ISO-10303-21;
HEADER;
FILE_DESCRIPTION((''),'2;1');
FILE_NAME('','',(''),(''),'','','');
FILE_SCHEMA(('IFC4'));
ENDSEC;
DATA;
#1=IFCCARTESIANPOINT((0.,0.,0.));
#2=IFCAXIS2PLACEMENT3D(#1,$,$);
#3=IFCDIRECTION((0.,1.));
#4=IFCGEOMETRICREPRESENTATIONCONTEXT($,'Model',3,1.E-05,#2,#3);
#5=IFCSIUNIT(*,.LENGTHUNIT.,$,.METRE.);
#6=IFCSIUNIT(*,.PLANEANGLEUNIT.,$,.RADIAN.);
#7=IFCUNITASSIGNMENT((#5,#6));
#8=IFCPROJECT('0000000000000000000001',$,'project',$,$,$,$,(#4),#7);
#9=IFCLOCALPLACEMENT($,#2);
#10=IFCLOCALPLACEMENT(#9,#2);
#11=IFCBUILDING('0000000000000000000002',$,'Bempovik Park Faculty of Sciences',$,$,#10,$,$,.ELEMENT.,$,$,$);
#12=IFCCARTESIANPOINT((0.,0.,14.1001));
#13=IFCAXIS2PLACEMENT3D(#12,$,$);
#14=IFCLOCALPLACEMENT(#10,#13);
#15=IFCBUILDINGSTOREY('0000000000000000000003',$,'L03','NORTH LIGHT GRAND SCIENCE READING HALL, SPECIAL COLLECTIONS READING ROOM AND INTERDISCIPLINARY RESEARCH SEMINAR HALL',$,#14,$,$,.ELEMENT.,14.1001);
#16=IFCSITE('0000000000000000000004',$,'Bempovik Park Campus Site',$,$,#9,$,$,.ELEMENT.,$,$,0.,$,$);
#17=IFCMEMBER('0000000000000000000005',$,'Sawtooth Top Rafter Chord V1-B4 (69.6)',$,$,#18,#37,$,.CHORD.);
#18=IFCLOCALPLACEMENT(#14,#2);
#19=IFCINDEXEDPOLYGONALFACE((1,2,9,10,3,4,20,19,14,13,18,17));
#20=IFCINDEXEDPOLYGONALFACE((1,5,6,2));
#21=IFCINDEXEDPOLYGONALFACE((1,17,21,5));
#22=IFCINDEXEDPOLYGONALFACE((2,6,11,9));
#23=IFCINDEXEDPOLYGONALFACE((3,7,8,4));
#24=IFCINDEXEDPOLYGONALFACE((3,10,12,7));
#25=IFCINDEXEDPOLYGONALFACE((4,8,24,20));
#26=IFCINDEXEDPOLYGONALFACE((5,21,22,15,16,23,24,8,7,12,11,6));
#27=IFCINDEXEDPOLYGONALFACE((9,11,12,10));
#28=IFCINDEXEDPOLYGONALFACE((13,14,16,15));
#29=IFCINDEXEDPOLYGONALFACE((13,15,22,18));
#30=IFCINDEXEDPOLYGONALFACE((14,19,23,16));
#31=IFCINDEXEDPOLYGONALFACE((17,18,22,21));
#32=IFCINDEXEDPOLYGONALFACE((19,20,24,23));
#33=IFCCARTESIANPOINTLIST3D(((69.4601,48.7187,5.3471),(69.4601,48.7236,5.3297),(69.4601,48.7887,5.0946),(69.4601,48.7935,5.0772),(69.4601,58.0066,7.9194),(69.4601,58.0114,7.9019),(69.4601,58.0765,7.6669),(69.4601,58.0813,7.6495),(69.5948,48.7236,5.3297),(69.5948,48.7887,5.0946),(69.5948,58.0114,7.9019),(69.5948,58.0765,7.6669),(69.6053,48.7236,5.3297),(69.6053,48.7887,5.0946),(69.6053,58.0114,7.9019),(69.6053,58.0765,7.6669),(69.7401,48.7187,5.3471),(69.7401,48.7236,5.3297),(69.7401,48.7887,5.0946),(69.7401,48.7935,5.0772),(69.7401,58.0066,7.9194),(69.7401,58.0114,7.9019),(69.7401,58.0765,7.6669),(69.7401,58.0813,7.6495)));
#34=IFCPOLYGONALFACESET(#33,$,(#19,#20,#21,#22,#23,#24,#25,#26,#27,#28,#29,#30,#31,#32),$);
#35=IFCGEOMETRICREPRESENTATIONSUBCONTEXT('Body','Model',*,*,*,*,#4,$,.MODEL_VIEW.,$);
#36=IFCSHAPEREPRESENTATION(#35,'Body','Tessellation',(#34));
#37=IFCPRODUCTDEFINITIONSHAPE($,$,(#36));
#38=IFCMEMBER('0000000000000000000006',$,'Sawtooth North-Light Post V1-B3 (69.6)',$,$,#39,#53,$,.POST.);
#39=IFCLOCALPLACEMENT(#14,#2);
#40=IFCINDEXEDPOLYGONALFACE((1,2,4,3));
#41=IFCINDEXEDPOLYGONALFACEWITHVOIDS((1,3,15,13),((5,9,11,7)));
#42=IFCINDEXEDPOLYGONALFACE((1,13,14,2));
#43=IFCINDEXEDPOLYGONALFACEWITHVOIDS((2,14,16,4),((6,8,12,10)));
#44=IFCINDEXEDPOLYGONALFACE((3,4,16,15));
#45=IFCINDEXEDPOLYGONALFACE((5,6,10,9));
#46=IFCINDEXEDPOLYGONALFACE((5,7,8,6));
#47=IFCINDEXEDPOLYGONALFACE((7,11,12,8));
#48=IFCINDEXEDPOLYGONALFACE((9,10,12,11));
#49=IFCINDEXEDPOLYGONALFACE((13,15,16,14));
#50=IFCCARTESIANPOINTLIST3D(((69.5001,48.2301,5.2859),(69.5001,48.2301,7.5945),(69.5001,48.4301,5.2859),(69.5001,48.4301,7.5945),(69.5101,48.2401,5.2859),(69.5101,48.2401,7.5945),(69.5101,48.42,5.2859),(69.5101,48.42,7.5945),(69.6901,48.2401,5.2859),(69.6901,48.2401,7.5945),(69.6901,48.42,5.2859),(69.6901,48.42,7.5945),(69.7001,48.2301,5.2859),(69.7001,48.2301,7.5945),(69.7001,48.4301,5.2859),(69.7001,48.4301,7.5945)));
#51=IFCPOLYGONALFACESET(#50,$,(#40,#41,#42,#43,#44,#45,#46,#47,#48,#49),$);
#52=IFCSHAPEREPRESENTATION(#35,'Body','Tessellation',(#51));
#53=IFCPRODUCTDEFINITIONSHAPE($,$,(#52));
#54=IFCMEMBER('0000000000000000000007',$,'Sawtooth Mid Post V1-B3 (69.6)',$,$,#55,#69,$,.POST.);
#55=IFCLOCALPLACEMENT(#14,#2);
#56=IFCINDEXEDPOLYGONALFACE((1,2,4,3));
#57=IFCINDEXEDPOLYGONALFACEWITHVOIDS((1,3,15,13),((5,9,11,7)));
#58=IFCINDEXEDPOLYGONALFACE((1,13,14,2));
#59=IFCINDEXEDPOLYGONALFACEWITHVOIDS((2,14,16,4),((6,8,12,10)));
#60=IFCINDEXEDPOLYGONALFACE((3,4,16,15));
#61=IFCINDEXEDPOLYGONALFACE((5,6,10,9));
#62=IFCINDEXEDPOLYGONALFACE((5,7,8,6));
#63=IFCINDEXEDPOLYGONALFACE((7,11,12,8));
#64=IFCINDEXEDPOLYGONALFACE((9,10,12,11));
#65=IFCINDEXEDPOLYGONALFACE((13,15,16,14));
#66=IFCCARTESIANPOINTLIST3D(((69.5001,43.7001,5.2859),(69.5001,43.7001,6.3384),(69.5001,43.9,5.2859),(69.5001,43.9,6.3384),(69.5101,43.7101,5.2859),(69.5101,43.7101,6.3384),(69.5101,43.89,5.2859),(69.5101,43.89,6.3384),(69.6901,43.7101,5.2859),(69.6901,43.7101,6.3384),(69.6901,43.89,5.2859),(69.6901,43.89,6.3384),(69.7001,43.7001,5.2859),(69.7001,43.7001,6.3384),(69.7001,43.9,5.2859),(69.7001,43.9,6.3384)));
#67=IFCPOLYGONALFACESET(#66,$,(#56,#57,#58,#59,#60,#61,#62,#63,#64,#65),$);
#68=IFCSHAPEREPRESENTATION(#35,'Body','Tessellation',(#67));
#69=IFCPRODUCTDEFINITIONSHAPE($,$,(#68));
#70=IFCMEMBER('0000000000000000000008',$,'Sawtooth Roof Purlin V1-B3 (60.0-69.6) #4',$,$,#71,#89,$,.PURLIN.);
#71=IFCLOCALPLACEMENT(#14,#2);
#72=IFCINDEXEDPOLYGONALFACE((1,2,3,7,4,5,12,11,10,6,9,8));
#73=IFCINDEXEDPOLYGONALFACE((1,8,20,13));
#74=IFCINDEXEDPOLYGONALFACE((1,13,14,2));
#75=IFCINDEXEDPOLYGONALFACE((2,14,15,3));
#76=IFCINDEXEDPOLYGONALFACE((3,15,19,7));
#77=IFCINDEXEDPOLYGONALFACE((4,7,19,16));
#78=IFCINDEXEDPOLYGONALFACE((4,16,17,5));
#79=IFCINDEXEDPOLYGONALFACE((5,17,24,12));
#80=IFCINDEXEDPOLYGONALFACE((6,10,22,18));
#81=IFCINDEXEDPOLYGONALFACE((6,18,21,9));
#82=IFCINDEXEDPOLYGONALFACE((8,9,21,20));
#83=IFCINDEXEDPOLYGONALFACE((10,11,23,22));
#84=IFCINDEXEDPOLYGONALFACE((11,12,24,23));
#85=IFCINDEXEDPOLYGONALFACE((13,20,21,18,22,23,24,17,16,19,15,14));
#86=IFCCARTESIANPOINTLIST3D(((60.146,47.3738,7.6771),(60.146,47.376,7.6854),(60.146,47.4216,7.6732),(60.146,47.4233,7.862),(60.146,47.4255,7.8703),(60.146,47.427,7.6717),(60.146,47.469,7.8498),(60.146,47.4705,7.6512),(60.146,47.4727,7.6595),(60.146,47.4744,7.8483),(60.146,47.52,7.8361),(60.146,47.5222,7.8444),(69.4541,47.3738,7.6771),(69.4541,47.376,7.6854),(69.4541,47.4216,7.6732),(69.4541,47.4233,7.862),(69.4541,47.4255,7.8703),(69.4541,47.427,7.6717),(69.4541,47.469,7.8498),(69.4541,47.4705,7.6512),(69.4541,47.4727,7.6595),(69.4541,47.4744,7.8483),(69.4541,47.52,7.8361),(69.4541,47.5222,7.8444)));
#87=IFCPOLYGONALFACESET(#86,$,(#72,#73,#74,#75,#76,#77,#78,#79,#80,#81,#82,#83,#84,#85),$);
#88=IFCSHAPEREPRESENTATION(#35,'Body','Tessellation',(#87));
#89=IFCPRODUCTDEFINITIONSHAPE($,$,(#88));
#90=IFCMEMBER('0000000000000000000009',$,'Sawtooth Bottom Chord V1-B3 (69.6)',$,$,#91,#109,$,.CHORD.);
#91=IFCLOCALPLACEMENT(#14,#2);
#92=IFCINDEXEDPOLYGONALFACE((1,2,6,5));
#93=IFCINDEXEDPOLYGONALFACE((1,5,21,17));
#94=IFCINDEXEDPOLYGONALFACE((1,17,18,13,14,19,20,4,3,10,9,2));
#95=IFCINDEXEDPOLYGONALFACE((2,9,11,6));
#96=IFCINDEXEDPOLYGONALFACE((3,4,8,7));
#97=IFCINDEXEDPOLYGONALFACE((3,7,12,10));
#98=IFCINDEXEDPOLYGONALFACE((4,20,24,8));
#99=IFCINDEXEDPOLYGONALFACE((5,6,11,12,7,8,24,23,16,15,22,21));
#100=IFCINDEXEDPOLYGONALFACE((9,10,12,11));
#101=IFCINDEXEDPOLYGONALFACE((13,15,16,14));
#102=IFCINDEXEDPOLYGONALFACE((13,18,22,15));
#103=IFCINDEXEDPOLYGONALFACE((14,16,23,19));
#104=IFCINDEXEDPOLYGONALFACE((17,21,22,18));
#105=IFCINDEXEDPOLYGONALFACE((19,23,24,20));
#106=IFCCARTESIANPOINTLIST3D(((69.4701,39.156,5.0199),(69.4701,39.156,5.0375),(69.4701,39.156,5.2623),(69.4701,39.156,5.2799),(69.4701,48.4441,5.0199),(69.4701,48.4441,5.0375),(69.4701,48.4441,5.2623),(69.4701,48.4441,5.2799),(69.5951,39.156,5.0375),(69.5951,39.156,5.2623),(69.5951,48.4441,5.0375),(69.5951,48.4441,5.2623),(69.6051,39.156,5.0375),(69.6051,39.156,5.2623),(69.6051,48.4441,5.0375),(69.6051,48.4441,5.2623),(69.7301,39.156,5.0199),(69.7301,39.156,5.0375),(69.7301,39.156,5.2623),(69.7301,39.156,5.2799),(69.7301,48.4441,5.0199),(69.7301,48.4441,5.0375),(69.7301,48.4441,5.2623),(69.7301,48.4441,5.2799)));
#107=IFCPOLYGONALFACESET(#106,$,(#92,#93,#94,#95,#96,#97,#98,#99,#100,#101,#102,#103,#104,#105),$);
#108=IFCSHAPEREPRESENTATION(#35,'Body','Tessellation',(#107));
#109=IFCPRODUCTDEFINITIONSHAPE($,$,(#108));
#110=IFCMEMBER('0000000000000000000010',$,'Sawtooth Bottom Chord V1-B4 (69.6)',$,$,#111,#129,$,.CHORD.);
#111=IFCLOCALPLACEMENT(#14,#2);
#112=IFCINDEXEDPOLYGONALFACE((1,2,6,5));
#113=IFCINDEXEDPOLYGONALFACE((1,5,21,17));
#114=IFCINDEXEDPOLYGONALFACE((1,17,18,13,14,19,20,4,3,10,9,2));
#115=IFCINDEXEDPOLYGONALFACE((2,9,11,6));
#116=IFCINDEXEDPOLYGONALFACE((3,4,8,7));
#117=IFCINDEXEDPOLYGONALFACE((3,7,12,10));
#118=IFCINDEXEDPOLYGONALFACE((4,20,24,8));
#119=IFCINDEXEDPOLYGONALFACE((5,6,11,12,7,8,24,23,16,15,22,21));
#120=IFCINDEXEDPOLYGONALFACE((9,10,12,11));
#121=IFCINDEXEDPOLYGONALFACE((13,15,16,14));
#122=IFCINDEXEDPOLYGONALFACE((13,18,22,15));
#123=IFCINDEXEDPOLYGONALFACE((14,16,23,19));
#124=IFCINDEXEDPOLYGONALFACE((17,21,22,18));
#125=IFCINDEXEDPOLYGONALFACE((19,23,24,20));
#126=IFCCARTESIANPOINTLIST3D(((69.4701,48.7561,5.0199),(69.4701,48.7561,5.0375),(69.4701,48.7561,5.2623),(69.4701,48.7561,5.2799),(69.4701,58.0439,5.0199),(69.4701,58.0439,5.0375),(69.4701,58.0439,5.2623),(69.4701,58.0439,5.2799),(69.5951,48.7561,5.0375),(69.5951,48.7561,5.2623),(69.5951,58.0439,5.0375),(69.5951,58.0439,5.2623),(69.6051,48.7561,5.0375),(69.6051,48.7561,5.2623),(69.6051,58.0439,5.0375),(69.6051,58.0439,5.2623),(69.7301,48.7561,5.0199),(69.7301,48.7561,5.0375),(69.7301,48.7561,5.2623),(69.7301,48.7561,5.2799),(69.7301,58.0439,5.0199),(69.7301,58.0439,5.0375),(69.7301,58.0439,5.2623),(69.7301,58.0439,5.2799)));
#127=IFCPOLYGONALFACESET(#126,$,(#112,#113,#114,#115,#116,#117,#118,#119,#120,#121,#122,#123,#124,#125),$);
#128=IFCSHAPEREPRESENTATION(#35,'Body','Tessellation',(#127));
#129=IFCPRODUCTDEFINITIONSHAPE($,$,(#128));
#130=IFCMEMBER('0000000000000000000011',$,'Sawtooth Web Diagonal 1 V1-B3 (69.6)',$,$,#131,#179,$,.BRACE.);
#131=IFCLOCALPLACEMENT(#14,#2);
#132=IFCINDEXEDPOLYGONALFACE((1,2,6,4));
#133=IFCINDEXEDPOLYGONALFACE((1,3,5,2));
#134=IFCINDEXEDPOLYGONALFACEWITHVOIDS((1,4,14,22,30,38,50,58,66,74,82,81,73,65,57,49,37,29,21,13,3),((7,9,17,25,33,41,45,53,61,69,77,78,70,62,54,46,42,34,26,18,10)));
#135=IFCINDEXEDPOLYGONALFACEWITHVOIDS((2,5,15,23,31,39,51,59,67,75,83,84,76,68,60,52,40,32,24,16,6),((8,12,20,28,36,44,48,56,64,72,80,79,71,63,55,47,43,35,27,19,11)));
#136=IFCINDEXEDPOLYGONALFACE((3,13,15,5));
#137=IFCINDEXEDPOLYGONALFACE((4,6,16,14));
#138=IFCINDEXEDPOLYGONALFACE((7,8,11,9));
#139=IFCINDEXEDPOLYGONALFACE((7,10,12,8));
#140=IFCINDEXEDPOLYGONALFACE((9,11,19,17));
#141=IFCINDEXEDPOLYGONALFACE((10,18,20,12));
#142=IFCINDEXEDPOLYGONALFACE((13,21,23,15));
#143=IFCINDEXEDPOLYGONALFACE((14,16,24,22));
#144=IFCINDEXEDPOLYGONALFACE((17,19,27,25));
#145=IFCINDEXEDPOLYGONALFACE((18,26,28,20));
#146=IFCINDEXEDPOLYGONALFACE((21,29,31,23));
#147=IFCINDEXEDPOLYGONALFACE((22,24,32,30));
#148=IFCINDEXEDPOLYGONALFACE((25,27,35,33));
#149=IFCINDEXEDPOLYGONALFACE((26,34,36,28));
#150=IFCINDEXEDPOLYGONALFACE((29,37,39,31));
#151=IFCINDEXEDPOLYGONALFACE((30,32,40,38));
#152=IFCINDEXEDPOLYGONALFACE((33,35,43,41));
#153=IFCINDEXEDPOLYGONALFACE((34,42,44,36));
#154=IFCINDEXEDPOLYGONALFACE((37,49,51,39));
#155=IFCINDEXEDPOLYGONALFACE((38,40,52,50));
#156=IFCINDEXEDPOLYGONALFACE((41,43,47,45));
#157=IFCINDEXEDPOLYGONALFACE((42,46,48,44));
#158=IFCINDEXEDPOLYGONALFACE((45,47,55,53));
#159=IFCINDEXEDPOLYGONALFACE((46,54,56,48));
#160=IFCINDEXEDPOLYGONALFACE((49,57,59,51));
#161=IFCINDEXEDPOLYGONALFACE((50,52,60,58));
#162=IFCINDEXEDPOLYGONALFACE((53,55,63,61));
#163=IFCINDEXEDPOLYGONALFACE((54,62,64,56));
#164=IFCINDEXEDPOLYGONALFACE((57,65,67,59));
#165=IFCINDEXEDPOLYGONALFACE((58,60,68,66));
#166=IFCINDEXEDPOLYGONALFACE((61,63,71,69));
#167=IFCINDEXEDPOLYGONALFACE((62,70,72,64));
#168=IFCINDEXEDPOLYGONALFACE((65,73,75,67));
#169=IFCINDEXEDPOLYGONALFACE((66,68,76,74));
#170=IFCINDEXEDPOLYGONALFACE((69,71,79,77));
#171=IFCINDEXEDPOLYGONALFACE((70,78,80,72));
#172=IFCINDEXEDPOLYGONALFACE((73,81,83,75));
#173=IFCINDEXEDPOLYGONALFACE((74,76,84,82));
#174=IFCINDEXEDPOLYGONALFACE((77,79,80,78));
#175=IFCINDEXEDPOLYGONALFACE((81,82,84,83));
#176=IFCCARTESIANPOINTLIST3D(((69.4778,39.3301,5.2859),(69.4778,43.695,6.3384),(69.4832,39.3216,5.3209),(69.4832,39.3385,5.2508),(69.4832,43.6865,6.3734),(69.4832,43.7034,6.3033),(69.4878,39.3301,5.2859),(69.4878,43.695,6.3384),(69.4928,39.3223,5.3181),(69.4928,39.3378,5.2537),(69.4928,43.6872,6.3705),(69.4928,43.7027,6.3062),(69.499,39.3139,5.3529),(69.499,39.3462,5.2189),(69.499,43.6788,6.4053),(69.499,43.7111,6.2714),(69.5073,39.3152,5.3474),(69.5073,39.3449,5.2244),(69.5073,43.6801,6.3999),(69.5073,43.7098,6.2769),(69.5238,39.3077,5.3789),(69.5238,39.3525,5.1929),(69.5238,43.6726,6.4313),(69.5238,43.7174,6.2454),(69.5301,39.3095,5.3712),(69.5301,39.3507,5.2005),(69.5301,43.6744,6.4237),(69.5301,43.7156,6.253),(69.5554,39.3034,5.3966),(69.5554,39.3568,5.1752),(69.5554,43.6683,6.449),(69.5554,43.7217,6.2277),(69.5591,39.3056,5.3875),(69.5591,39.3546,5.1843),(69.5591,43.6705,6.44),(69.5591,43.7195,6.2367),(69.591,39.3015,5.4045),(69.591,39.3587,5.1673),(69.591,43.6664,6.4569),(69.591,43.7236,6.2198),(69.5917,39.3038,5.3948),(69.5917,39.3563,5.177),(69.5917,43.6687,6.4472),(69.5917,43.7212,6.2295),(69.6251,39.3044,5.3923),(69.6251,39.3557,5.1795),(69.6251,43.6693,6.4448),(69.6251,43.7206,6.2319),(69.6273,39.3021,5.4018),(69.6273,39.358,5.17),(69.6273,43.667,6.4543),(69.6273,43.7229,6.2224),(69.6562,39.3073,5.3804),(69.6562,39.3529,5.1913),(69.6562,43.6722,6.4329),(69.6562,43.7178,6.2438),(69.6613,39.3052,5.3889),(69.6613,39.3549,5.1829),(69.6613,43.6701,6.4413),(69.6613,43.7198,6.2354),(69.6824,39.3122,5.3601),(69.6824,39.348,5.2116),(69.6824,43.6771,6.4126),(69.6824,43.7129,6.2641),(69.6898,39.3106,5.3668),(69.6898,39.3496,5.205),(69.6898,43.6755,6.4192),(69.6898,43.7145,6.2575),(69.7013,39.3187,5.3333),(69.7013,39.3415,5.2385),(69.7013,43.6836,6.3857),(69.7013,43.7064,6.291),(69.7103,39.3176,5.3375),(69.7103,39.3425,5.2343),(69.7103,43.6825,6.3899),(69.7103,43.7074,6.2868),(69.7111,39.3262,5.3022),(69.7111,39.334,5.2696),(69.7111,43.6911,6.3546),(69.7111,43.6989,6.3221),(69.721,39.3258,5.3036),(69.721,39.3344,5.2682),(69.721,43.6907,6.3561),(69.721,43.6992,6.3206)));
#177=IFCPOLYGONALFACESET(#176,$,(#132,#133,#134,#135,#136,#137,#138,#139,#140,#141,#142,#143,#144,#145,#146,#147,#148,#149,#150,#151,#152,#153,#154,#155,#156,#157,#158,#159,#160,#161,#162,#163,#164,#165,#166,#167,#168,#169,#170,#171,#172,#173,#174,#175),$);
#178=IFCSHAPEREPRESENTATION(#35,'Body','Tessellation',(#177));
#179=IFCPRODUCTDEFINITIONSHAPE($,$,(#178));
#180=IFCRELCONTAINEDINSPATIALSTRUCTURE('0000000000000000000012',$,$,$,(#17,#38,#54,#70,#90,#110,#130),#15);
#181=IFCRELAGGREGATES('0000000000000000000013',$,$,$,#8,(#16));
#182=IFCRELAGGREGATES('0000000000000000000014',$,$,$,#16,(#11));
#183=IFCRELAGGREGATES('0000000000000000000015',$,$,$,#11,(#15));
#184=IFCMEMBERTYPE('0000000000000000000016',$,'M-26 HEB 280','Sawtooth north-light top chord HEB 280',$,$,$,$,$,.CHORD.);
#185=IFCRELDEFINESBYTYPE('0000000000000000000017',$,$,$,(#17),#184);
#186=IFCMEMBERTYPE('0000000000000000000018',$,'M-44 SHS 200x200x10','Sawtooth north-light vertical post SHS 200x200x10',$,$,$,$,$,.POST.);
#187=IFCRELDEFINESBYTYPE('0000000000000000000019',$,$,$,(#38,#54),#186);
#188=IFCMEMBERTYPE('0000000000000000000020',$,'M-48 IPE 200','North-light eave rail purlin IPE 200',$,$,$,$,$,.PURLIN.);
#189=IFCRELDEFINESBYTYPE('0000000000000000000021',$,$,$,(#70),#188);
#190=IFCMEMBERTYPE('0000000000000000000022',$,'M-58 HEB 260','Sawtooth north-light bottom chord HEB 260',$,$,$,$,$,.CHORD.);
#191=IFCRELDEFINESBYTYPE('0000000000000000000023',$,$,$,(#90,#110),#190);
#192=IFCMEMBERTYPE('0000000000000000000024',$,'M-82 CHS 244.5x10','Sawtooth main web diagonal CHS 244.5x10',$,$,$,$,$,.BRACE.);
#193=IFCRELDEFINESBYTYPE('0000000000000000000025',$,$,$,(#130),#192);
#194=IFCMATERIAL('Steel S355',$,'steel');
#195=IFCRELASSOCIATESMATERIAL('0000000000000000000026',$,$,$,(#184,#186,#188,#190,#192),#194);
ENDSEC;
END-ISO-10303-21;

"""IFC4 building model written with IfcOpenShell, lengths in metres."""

from ifc_helpers import new_model, si_unit, direction, frame, origin, origin_2d, place, context, subcontext, project, spatial, hollow_rectangle, hollow_circle, i_section, extrude, material, material_profile, profile_set, type_object, element, save


model = new_model("IFC4")

# Units and contexts
model_context = context("Model", 3, precision=1e-05, world=origin(), true_north=direction((0.0, 1.0)))
body_context = subcontext(model_context, "Body", "Model", "MODEL_VIEW")
ifc_project = project(units=[si_unit("LENGTHUNIT", "METRE"), si_unit("PLANEANGLEUNIT", "RADIAN")], contexts=[model_context])

# Site, building, storey
site_placement = place(None, origin())
site = spatial("IfcSite", under=ifc_project, at=site_placement, Name="Bempovik Park Campus Site", CompositionType="ELEMENT", RefElevation=0.0)
building_placement = place(site_placement, origin())
building = spatial("IfcBuilding", under=site, at=building_placement, Name="Bempovik Park Faculty of Sciences", CompositionType="ELEMENT")
storey_placement = place(building_placement, frame((0.0, 0.0, 14.1001)))
storey = spatial("IfcBuildingStorey", under=building, at=storey_placement, Name="L03", Description="NORTH LIGHT GRAND SCIENCE READING HALL, SPECIAL COLLECTIONS READING ROOM AND INTERDISCIPLINARY RESEARCH SEMINAR HALL", CompositionType="ELEMENT", Elevation=14.1001)

# Shared definitions
ifc_material_1 = material(Name="Steel S355", Category="steel")

# Members
ifc_material_profile_1 = material_profile(ifc_material_1, i_section(OverallWidth=0.28, OverallDepth=0.28, WebThickness=0.0105, FlangeThickness=0.0181, at=origin_2d()), Name="HEB 280")
ifc_profile_set_1 = profile_set([ifc_material_profile_1], Name="Steel S355")
member_type_1 = type_object("IfcMemberType", Name="M-26 HEB 280", Description="Sawtooth north-light top chord HEB 280", PredefinedType="CHORD", material=ifc_profile_set_1)
member_1_placement = place(storey_placement, frame((69.6001, 48.7561, 5.2122), z_axis=(0.0, 0.963723, 0.266903), x_axis=(-1.0, 0.0, 0.0)))
element("IfcMember", 1, at=member_1_placement, inside=storey, type_object=member_type_1, Name="Sawtooth Top Rafter Chord V1-B4 (69.6)", PredefinedType="CHORD", context=body_context, shape_type="SweptSolid", body=[
    extrude(i_section(OverallWidth=0.28, OverallDepth=0.28, WebThickness=0.0105, FlangeThickness=0.0181, at=origin_2d()), origin(), (0.0, 0.0, 1.0), 9.6375),
])
ifc_material_profile_2 = material_profile(ifc_material_1, hollow_rectangle(XDim=0.2, YDim=0.2, WallThickness=0.01, at=origin_2d()), Name="SHS 200x200x10")
ifc_profile_set_2 = profile_set([ifc_material_profile_2], Name="Steel S355")
member_type_2 = type_object("IfcMemberType", Name="M-44 SHS 200x200x10", Description="Sawtooth north-light vertical post SHS 200x200x10", PredefinedType="POST", material=ifc_profile_set_2)
member_2_placement = place(storey_placement, frame((69.6001, 48.3301, 5.2859), z_axis=(0.0, 0.0, 1.0), x_axis=(1.0, 0.0, 0.0)))
element("IfcMember", 2, at=member_2_placement, inside=storey, type_object=member_type_2, Name="Sawtooth North-Light Post V1-B3 (69.6)", PredefinedType="POST", context=body_context, shape_type="SweptSolid", body=[
    extrude(hollow_rectangle(XDim=0.2, YDim=0.2, WallThickness=0.01, at=origin_2d()), origin(), (0.0, 0.0, 1.0), 2.3086),
])
member_3_placement = place(storey_placement, frame((69.6001, 43.8, 5.2859), z_axis=(0.0, 0.0, 1.0), x_axis=(1.0, 0.0, 0.0)))
element("IfcMember", 3, at=member_3_placement, inside=storey, type_object=member_type_2, Name="Sawtooth Mid Post V1-B3 (69.6)", PredefinedType="POST", context=body_context, shape_type="SweptSolid", body=[
    extrude(hollow_rectangle(XDim=0.2, YDim=0.2, WallThickness=0.01, at=origin_2d()), origin(), (0.0, 0.0, 1.0), 1.0525),
])
ifc_material_profile_3 = material_profile(ifc_material_1, i_section(OverallWidth=0.1001, OverallDepth=0.2, WebThickness=0.0056, FlangeThickness=0.0085, at=origin_2d()), Name="IPE 200")
ifc_profile_set_3 = profile_set([ifc_material_profile_3], Name="Steel S355")
member_type_3 = type_object("IfcMemberType", Name="M-48 IPE 200", Description="North-light eave rail purlin IPE 200", PredefinedType="PURLIN", material=ifc_profile_set_3)
member_4_placement = place(storey_placement, frame((60.146, 47.448, 7.7607), z_axis=(1.0, 0.0, 0.0), x_axis=(0.0, 0.965926, -0.258819)))
element("IfcMember", 4, at=member_4_placement, inside=storey, type_object=member_type_3, Name="Sawtooth Roof Purlin V1-B3 (60.0-69.6) #4", PredefinedType="PURLIN", context=body_context, shape_type="SweptSolid", body=[
    extrude(i_section(OverallWidth=0.1001, OverallDepth=0.2, WebThickness=0.0056, FlangeThickness=0.0085, at=origin_2d()), origin(), (0.0, 0.0, 1.0), 9.3081),
])
ifc_material_profile_4 = material_profile(ifc_material_1, i_section(OverallWidth=0.26, OverallDepth=0.26, WebThickness=0.01, FlangeThickness=0.0176, at=origin_2d()), Name="HEB 260")
ifc_profile_set_4 = profile_set([ifc_material_profile_4], Name="Steel S355")
member_type_4 = type_object("IfcMemberType", Name="M-58 HEB 260", Description="Sawtooth north-light bottom chord HEB 260", PredefinedType="CHORD", material=ifc_profile_set_4)
member_5_placement = place(storey_placement, frame((69.6001, 39.156, 5.1499), z_axis=(0.0, 1.0, 0.0), x_axis=(-1.0, 0.0, 0.0)))
element("IfcMember", 5, at=member_5_placement, inside=storey, type_object=member_type_4, Name="Sawtooth Bottom Chord V1-B3 (69.6)", PredefinedType="CHORD", context=body_context, shape_type="SweptSolid", body=[
    extrude(i_section(OverallWidth=0.26, OverallDepth=0.26, WebThickness=0.01, FlangeThickness=0.0176, at=origin_2d()), origin(), (0.0, 0.0, 1.0), 9.2881),
])
member_6_placement = place(storey_placement, frame((69.6001, 48.7561, 5.1499), z_axis=(0.0, 1.0, 0.0), x_axis=(-1.0, 0.0, 0.0)))
element("IfcMember", 6, at=member_6_placement, inside=storey, type_object=member_type_4, Name="Sawtooth Bottom Chord V1-B4 (69.6)", PredefinedType="CHORD", context=body_context, shape_type="SweptSolid", body=[
    extrude(i_section(OverallWidth=0.26, OverallDepth=0.26, WebThickness=0.01, FlangeThickness=0.0176, at=origin_2d()), origin(), (0.0, 0.0, 1.0), 9.2878),
])
ifc_material_profile_5 = material_profile(ifc_material_1, hollow_circle(Radius=0.1223, WallThickness=0.01, at=origin_2d()), Name="CHS 244.5x10")
ifc_profile_set_5 = profile_set([ifc_material_profile_5], Name="Steel S355")
member_type_5 = type_object("IfcMemberType", Name="M-82 CHS 244.5x10", Description="Sawtooth main web diagonal CHS 244.5x10", PredefinedType="BRACE", material=ifc_profile_set_5)
member_7_placement = place(storey_placement, frame((69.6001, 39.3301, 5.2859), z_axis=(0.0, 0.972139, 0.234403), x_axis=(-1.0, 0.0, 0.0)))
element("IfcMember", 7, at=member_7_placement, inside=storey, type_object=member_type_5, Name="Sawtooth Web Diagonal 1 V1-B3 (69.6)", PredefinedType="BRACE", context=body_context, shape_type="SweptSolid", body=[
    extrude(hollow_circle(Radius=0.1223, WallThickness=0.01, at=origin_2d()), origin(), (0.0, 0.0, 1.0), 4.49),
])

save(model, "model.ifc")
